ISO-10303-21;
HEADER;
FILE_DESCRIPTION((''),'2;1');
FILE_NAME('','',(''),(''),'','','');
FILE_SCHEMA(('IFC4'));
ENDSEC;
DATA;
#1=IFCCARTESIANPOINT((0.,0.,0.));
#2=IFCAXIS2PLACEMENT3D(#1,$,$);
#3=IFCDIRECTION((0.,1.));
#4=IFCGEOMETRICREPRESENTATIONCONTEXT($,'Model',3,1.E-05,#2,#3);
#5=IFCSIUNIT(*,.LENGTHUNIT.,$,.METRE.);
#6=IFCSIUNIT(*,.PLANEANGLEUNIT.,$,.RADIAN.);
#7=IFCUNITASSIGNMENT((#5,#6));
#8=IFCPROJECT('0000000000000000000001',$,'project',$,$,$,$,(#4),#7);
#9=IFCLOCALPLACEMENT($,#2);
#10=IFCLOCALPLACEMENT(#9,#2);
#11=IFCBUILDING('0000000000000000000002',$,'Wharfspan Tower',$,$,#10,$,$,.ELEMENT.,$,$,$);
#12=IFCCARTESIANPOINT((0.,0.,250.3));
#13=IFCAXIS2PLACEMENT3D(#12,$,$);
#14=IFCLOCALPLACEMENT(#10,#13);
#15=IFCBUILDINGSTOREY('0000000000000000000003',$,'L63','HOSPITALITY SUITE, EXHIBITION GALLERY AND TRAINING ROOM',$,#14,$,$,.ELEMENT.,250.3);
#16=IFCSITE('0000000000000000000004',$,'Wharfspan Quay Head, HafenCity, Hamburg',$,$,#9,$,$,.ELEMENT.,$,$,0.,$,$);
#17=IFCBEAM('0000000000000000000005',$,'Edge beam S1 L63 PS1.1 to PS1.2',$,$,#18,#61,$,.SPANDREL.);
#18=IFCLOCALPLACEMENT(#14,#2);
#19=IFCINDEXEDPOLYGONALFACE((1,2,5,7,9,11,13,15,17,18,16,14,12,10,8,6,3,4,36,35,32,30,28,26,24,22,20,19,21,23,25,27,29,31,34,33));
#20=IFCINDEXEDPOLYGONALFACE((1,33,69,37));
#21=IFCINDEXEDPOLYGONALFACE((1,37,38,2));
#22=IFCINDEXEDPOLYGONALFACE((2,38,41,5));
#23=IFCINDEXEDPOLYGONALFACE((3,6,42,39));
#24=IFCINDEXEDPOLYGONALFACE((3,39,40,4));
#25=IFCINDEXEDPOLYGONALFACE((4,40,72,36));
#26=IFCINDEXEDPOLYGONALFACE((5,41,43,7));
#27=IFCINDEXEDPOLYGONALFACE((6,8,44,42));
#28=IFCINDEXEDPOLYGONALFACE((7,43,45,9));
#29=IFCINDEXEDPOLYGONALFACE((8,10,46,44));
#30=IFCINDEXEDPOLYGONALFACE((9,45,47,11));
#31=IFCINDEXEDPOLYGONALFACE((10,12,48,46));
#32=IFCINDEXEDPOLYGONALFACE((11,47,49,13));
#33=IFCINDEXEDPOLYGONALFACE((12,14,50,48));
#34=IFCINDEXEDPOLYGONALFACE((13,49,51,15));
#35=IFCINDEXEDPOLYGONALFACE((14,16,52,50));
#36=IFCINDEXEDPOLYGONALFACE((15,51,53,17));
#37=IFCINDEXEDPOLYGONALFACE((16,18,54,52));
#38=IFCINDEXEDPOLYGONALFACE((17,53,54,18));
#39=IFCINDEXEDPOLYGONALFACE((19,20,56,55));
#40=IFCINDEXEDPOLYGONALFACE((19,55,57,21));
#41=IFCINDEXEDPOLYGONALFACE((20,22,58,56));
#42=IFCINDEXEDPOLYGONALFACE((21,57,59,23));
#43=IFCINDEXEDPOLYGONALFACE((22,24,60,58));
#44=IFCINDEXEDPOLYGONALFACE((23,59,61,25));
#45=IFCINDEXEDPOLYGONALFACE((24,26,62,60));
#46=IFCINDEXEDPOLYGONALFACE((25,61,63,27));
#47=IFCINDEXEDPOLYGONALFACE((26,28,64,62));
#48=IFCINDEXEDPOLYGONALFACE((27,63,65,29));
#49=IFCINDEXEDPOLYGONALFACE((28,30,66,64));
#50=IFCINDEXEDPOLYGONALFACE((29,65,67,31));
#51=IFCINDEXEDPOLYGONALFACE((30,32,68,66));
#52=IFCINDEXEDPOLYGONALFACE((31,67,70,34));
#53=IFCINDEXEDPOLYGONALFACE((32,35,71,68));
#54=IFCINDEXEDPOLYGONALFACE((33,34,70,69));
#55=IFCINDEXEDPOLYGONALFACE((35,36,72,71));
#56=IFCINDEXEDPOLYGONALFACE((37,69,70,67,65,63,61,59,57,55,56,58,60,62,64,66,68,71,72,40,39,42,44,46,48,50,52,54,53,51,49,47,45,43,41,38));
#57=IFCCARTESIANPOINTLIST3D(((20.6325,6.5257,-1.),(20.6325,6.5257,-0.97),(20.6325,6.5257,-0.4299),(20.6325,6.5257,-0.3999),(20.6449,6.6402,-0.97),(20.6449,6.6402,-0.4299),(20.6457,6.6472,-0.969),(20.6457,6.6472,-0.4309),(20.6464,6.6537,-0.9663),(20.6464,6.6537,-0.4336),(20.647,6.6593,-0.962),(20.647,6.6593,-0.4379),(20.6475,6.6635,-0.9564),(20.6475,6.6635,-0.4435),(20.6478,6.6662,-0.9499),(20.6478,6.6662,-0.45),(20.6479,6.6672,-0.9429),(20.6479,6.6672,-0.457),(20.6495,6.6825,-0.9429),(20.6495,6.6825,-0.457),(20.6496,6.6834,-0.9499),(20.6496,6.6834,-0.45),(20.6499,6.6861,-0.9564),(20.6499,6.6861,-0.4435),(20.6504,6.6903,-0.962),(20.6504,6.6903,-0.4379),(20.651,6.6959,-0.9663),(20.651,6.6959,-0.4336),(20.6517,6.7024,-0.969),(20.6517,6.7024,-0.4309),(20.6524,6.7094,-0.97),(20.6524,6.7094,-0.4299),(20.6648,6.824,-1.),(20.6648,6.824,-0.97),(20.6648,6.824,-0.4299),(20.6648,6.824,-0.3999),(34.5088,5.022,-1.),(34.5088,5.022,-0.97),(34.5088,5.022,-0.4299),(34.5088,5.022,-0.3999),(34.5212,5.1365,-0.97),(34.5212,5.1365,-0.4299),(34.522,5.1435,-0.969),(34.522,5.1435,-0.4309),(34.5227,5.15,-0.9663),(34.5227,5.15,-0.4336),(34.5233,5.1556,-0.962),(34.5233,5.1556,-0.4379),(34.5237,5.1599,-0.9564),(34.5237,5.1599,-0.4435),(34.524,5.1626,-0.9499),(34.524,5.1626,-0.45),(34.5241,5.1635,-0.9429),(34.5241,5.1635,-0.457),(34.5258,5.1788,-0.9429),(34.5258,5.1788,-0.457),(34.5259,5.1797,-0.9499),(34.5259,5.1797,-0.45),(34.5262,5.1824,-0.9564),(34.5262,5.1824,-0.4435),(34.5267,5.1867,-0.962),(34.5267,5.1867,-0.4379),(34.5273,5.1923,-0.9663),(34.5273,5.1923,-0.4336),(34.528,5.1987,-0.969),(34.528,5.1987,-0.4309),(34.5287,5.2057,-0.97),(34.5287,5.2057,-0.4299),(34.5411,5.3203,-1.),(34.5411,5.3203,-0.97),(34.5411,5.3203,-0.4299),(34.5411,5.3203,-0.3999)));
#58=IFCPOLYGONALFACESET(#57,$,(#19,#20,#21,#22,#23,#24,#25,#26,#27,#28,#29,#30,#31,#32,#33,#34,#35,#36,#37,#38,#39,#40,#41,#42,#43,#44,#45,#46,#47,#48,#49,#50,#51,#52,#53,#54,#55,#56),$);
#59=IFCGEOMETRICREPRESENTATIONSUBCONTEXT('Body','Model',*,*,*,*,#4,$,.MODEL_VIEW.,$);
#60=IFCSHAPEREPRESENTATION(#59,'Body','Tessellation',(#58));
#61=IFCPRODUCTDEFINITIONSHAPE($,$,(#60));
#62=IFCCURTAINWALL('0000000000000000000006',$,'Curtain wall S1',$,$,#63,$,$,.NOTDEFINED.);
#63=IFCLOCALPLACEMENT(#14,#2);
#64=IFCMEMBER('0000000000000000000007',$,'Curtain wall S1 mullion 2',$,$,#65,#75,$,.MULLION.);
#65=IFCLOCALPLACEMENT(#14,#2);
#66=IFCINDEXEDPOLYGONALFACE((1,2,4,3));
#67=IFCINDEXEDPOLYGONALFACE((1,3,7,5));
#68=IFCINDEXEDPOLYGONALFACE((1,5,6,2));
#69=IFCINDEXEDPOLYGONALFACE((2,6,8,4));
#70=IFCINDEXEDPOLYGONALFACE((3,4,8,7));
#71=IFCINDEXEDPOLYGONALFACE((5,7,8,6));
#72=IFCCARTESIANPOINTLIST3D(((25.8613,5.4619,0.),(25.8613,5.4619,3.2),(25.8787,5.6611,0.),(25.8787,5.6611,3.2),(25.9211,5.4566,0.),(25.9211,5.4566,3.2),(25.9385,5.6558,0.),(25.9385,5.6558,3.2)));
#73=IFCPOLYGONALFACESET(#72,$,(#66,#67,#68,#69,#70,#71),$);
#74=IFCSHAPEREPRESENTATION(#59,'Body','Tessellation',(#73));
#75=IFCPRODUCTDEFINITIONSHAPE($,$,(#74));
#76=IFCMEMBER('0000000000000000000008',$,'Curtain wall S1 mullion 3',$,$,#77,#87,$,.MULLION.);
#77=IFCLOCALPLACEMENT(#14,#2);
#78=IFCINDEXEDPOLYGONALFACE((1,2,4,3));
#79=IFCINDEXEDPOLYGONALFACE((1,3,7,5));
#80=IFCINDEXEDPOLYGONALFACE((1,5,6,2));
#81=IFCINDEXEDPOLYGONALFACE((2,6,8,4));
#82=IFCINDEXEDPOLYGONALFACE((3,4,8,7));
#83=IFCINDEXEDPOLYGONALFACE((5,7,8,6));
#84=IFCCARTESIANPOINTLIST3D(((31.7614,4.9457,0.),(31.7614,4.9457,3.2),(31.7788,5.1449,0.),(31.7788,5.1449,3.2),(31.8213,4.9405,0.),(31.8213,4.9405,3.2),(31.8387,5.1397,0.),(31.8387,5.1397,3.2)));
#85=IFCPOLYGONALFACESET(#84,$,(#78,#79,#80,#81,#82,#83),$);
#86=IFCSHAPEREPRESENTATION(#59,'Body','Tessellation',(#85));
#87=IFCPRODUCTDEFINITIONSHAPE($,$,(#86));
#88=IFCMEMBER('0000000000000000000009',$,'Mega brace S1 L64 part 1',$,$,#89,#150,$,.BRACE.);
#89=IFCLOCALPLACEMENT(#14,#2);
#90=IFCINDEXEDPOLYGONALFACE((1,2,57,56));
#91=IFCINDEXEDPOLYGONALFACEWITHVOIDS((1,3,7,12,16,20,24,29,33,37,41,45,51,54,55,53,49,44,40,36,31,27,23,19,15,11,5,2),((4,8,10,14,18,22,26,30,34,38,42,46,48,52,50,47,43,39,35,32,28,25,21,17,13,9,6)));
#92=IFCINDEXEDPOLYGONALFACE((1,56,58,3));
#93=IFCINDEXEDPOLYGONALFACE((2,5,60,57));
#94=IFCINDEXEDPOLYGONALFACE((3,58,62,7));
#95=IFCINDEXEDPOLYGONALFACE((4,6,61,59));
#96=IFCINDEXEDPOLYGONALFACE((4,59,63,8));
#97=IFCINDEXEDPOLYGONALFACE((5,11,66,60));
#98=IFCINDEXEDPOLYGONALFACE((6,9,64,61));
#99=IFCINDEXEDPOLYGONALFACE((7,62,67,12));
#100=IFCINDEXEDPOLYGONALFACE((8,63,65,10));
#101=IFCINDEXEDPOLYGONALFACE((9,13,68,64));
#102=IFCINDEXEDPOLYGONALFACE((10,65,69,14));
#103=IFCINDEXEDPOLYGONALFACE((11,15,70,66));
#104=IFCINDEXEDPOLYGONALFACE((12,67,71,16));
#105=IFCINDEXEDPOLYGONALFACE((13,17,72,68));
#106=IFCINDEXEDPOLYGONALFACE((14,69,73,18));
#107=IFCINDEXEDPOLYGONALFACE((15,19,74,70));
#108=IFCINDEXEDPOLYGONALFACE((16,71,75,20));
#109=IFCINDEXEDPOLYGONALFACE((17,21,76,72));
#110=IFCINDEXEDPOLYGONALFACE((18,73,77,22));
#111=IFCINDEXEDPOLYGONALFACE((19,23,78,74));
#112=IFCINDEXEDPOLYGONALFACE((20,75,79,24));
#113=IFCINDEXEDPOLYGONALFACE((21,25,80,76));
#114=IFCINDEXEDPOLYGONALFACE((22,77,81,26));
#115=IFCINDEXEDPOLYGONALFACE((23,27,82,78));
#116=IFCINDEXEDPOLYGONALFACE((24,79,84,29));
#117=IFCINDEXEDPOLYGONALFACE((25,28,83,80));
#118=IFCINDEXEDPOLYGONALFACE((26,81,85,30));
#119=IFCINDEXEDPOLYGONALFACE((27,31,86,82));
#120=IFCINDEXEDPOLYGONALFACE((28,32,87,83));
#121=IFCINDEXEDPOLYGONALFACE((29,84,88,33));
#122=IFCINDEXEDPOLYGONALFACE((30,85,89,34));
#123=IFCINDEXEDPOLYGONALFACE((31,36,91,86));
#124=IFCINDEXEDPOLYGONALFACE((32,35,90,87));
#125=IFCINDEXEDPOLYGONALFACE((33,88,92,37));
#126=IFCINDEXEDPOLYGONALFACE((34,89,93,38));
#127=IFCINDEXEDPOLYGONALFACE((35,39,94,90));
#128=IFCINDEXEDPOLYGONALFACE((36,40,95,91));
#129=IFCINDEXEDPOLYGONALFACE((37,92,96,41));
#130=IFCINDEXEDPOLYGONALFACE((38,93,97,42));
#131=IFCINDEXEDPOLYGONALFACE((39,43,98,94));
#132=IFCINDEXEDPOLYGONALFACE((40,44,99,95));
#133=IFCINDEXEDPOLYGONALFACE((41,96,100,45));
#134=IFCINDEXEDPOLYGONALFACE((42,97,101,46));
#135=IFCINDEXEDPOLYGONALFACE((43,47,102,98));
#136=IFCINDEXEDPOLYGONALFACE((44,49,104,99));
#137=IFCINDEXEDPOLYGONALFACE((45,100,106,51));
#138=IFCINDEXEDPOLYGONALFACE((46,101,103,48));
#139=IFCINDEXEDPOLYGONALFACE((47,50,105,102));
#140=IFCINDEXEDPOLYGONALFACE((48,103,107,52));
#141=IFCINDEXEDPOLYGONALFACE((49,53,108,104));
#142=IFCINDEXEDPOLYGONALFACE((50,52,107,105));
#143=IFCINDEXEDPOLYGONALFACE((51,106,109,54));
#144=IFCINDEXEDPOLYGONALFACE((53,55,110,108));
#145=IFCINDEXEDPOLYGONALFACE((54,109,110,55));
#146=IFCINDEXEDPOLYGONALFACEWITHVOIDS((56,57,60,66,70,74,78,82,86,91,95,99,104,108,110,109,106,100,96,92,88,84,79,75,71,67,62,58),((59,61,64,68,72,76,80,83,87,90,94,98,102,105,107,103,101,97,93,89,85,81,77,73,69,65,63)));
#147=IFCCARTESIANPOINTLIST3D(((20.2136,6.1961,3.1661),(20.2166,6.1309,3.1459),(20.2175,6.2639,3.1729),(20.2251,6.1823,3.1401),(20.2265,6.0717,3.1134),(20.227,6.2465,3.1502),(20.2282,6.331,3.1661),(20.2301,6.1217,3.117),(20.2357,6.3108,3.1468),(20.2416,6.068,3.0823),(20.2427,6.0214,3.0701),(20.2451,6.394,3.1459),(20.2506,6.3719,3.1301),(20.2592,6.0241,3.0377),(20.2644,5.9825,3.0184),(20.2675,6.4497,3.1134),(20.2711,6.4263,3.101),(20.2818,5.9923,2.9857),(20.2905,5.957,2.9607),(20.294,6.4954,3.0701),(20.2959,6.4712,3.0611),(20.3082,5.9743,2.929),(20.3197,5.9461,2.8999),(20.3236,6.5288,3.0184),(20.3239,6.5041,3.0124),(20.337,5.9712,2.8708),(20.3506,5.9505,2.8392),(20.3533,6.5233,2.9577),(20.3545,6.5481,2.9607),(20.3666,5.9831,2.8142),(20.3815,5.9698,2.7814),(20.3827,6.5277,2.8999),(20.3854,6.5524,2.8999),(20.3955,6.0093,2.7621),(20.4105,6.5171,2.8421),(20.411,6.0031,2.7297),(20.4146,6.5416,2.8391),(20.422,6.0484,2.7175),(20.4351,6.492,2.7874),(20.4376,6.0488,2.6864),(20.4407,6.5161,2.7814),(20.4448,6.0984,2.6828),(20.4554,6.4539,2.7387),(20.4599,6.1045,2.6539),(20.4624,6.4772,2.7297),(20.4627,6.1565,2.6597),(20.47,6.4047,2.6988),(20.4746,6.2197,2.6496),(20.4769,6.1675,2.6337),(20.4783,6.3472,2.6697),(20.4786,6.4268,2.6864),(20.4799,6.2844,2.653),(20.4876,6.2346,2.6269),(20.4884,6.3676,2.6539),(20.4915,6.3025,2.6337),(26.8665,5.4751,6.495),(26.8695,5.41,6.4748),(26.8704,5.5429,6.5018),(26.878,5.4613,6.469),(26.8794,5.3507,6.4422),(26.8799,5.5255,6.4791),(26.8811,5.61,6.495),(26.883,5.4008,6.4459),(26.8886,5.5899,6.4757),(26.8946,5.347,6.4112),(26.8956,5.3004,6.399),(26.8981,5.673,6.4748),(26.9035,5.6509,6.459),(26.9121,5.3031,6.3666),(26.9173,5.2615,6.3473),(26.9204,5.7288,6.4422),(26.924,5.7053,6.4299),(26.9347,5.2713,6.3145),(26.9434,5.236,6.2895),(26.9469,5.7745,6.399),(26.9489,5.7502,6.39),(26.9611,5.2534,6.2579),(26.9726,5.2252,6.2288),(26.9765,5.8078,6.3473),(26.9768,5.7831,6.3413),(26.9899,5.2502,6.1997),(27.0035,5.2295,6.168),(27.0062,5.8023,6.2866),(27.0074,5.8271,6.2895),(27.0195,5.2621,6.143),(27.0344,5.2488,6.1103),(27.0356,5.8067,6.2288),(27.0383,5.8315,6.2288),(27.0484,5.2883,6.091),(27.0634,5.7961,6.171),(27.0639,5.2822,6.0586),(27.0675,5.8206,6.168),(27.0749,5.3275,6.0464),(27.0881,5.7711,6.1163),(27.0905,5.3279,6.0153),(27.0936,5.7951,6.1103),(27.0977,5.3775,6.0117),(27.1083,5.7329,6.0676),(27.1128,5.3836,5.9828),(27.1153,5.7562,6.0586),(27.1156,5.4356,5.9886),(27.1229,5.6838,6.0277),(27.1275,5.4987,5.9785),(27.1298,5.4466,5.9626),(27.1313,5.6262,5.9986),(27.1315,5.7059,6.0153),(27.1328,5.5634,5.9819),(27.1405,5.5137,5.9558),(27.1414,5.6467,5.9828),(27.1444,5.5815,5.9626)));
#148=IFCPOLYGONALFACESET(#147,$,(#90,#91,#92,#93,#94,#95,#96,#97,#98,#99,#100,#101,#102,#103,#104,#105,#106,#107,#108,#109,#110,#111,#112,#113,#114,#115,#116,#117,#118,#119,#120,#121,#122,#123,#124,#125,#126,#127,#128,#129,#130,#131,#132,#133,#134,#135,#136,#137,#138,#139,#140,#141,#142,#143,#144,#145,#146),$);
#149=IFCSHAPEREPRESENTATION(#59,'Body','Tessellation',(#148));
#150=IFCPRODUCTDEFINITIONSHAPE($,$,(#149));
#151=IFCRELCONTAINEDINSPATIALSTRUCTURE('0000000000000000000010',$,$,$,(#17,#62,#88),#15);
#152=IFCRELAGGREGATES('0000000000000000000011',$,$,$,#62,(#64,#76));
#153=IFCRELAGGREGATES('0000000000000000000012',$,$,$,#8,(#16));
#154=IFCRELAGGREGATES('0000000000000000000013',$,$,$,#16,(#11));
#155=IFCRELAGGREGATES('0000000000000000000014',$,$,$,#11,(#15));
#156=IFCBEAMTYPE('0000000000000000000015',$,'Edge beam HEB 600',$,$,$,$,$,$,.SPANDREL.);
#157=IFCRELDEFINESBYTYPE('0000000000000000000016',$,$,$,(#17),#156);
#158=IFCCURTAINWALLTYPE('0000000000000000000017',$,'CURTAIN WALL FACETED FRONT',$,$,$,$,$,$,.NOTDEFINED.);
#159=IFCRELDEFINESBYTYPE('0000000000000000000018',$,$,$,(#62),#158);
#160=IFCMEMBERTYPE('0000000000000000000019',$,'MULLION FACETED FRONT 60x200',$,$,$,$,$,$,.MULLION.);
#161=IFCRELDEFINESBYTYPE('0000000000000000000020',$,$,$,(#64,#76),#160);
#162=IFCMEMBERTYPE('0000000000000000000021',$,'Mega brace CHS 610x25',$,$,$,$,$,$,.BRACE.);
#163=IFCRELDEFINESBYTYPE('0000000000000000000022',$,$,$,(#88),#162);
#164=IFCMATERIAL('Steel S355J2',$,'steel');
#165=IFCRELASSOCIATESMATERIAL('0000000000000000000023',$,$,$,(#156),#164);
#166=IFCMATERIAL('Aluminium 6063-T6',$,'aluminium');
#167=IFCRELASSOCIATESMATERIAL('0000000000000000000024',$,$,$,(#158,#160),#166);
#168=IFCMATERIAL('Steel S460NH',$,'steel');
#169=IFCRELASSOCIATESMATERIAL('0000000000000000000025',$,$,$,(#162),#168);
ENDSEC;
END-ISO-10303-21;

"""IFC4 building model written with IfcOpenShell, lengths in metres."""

from ifc_helpers import new_model, si_unit, direction, frame, origin, origin_2d, place, context, subcontext, project, spatial, rectangle, hollow_circle, i_section, extrude, material, material_profile, profile_set, type_object, element, aggregate, save


model = new_model("IFC4")

# Units and contexts
model_context = context("Model", 3, precision=1e-05, world=origin(), true_north=direction((0.0, 1.0)))
body_context = subcontext(model_context, "Body", "Model", "MODEL_VIEW")
ifc_project = project(units=[si_unit("LENGTHUNIT", "METRE"), si_unit("PLANEANGLEUNIT", "RADIAN")], contexts=[model_context])

# Site, building, storey
site_placement = place(None, origin())
site = spatial("IfcSite", under=ifc_project, at=site_placement, Name="Wharfspan Quay Head, HafenCity, Hamburg", CompositionType="ELEMENT", RefElevation=0.0)
building_placement = place(site_placement, origin())
building = spatial("IfcBuilding", under=site, at=building_placement, Name="Wharfspan Tower", CompositionType="ELEMENT")
storey_placement = place(building_placement, frame((0.0, 0.0, 250.3)))
storey = spatial("IfcBuildingStorey", under=building, at=storey_placement, Name="L63", Description="HOSPITALITY SUITE, EXHIBITION GALLERY AND TRAINING ROOM", CompositionType="ELEMENT", Elevation=250.3)

# Shared definitions
ifc_material_1 = material(Name="Steel S355J2", Category="steel")

# Beam
ifc_material_profile_1 = material_profile(ifc_material_1, i_section(OverallWidth=0.3, OverallDepth=0.6001, WebThickness=0.0154, FlangeThickness=0.03, FilletRadius=0.0271, at=origin_2d()))
ifc_profile_set_1 = profile_set([ifc_material_profile_1], Name="Steel S355J2")
beam_type = type_object("IfcBeamType", Name="Edge beam HEB 600", PredefinedType="SPANDREL", material=ifc_profile_set_1)
beam_placement = place(storey_placement, frame((20.6487, 6.6748, -0.7), z_axis=(0.99418, -0.107732, 0.0), x_axis=(0.107732, 0.99418, 0.0)))
element("IfcBeam", 1, at=beam_placement, inside=storey, type_object=beam_type, Name="Edge beam S1 L63 PS1.1 to PS1.2", PredefinedType="SPANDREL", context=body_context, shape_type="SweptSolid", body=[
    extrude(i_section(OverallWidth=0.3, OverallDepth=0.6001, WebThickness=0.0154, FlangeThickness=0.03, FilletRadius=0.0271, at=origin_2d()), origin(), (0.0, 0.0, 1.0), 13.9575),
])

# Curtain wall, members
ifc_material_2 = material(Name="Aluminium 6063-T6", Category="aluminium")
curtain_wall_type = type_object("IfcCurtainWallType", Name="CURTAIN WALL FACETED FRONT", PredefinedType="NOTDEFINED", material=ifc_material_2)
curtain_wall_placement = place(storey_placement, origin())
curtain_wall = element("IfcCurtainWall", 2, at=curtain_wall_placement, inside=storey, type_object=curtain_wall_type, Name="Curtain wall S1", PredefinedType="NOTDEFINED")
ifc_material_profile_2 = material_profile(ifc_material_2, rectangle(XDim=0.2, YDim=0.0601, at=origin_2d()))
ifc_profile_set_2 = profile_set([ifc_material_profile_2], Name="Aluminium 6063-T6")
member_type_1 = type_object("IfcMemberType", Name="MULLION FACETED FRONT 60x200", PredefinedType="MULLION", material=ifc_profile_set_2)
member_1_placement = place(storey_placement, frame((25.8999, 5.5588, 0.0), z_axis=(0.0, 0.0, 1.0), x_axis=(0.087156, 0.996197, 0.0)))
member_1 = element("IfcMember", 3, at=member_1_placement, type_object=member_type_1, Name="Curtain wall S1 mullion 2", PredefinedType="MULLION", context=body_context, shape_type="SweptSolid", body=[
    extrude(rectangle(XDim=0.2, YDim=0.0601, at=origin_2d()), origin(), (0.0, 0.0, 1.0), 3.2),
])
member_2_placement = place(storey_placement, frame((31.8, 5.0427, 0.0), z_axis=(0.0, 0.0, 1.0), x_axis=(0.087156, 0.996197, 0.0)))
member_2 = element("IfcMember", 4, at=member_2_placement, type_object=member_type_1, Name="Curtain wall S1 mullion 3", PredefinedType="MULLION", context=body_context, shape_type="SweptSolid", body=[
    extrude(rectangle(XDim=0.2, YDim=0.0601, at=origin_2d()), origin(), (0.0, 0.0, 1.0), 3.2),
])

# Member
ifc_material_3 = material(Name="Steel S460NH", Category="steel")
ifc_material_profile_3 = material_profile(ifc_material_3, hollow_circle(Radius=0.3049, WallThickness=0.0249, at=origin_2d()))
ifc_profile_set_3 = profile_set([ifc_material_profile_3], Name="Steel S460NH")
member_type_2 = type_object("IfcMemberType", Name="Mega brace CHS 610x25", PredefinedType="BRACE", material=ifc_profile_set_3)
for number, where, z_axis, x_axis, name in (
    (5, (20.3525, 6.2493, 2.8999), (0.890126, -0.09646, 0.445389), (0.107737, 0.99418, -0.000002), "Mega brace S1 L64 part 1"),
):
    element("IfcMember", number, at=place(storey_placement, frame(where, z_axis=z_axis, x_axis=x_axis)), inside=storey, type_object=member_type_2, Name=name, PredefinedType="BRACE", context=body_context, shape_type="SweptSolid", body=[
        extrude(hollow_circle(Radius=0.3049, WallThickness=0.0249, at=origin_2d()), origin(), (0.0, 0.0, 1.0), 7.4741),
    ])

aggregate(curtain_wall, [member_1, member_2])

save(model, "model.ifc")
